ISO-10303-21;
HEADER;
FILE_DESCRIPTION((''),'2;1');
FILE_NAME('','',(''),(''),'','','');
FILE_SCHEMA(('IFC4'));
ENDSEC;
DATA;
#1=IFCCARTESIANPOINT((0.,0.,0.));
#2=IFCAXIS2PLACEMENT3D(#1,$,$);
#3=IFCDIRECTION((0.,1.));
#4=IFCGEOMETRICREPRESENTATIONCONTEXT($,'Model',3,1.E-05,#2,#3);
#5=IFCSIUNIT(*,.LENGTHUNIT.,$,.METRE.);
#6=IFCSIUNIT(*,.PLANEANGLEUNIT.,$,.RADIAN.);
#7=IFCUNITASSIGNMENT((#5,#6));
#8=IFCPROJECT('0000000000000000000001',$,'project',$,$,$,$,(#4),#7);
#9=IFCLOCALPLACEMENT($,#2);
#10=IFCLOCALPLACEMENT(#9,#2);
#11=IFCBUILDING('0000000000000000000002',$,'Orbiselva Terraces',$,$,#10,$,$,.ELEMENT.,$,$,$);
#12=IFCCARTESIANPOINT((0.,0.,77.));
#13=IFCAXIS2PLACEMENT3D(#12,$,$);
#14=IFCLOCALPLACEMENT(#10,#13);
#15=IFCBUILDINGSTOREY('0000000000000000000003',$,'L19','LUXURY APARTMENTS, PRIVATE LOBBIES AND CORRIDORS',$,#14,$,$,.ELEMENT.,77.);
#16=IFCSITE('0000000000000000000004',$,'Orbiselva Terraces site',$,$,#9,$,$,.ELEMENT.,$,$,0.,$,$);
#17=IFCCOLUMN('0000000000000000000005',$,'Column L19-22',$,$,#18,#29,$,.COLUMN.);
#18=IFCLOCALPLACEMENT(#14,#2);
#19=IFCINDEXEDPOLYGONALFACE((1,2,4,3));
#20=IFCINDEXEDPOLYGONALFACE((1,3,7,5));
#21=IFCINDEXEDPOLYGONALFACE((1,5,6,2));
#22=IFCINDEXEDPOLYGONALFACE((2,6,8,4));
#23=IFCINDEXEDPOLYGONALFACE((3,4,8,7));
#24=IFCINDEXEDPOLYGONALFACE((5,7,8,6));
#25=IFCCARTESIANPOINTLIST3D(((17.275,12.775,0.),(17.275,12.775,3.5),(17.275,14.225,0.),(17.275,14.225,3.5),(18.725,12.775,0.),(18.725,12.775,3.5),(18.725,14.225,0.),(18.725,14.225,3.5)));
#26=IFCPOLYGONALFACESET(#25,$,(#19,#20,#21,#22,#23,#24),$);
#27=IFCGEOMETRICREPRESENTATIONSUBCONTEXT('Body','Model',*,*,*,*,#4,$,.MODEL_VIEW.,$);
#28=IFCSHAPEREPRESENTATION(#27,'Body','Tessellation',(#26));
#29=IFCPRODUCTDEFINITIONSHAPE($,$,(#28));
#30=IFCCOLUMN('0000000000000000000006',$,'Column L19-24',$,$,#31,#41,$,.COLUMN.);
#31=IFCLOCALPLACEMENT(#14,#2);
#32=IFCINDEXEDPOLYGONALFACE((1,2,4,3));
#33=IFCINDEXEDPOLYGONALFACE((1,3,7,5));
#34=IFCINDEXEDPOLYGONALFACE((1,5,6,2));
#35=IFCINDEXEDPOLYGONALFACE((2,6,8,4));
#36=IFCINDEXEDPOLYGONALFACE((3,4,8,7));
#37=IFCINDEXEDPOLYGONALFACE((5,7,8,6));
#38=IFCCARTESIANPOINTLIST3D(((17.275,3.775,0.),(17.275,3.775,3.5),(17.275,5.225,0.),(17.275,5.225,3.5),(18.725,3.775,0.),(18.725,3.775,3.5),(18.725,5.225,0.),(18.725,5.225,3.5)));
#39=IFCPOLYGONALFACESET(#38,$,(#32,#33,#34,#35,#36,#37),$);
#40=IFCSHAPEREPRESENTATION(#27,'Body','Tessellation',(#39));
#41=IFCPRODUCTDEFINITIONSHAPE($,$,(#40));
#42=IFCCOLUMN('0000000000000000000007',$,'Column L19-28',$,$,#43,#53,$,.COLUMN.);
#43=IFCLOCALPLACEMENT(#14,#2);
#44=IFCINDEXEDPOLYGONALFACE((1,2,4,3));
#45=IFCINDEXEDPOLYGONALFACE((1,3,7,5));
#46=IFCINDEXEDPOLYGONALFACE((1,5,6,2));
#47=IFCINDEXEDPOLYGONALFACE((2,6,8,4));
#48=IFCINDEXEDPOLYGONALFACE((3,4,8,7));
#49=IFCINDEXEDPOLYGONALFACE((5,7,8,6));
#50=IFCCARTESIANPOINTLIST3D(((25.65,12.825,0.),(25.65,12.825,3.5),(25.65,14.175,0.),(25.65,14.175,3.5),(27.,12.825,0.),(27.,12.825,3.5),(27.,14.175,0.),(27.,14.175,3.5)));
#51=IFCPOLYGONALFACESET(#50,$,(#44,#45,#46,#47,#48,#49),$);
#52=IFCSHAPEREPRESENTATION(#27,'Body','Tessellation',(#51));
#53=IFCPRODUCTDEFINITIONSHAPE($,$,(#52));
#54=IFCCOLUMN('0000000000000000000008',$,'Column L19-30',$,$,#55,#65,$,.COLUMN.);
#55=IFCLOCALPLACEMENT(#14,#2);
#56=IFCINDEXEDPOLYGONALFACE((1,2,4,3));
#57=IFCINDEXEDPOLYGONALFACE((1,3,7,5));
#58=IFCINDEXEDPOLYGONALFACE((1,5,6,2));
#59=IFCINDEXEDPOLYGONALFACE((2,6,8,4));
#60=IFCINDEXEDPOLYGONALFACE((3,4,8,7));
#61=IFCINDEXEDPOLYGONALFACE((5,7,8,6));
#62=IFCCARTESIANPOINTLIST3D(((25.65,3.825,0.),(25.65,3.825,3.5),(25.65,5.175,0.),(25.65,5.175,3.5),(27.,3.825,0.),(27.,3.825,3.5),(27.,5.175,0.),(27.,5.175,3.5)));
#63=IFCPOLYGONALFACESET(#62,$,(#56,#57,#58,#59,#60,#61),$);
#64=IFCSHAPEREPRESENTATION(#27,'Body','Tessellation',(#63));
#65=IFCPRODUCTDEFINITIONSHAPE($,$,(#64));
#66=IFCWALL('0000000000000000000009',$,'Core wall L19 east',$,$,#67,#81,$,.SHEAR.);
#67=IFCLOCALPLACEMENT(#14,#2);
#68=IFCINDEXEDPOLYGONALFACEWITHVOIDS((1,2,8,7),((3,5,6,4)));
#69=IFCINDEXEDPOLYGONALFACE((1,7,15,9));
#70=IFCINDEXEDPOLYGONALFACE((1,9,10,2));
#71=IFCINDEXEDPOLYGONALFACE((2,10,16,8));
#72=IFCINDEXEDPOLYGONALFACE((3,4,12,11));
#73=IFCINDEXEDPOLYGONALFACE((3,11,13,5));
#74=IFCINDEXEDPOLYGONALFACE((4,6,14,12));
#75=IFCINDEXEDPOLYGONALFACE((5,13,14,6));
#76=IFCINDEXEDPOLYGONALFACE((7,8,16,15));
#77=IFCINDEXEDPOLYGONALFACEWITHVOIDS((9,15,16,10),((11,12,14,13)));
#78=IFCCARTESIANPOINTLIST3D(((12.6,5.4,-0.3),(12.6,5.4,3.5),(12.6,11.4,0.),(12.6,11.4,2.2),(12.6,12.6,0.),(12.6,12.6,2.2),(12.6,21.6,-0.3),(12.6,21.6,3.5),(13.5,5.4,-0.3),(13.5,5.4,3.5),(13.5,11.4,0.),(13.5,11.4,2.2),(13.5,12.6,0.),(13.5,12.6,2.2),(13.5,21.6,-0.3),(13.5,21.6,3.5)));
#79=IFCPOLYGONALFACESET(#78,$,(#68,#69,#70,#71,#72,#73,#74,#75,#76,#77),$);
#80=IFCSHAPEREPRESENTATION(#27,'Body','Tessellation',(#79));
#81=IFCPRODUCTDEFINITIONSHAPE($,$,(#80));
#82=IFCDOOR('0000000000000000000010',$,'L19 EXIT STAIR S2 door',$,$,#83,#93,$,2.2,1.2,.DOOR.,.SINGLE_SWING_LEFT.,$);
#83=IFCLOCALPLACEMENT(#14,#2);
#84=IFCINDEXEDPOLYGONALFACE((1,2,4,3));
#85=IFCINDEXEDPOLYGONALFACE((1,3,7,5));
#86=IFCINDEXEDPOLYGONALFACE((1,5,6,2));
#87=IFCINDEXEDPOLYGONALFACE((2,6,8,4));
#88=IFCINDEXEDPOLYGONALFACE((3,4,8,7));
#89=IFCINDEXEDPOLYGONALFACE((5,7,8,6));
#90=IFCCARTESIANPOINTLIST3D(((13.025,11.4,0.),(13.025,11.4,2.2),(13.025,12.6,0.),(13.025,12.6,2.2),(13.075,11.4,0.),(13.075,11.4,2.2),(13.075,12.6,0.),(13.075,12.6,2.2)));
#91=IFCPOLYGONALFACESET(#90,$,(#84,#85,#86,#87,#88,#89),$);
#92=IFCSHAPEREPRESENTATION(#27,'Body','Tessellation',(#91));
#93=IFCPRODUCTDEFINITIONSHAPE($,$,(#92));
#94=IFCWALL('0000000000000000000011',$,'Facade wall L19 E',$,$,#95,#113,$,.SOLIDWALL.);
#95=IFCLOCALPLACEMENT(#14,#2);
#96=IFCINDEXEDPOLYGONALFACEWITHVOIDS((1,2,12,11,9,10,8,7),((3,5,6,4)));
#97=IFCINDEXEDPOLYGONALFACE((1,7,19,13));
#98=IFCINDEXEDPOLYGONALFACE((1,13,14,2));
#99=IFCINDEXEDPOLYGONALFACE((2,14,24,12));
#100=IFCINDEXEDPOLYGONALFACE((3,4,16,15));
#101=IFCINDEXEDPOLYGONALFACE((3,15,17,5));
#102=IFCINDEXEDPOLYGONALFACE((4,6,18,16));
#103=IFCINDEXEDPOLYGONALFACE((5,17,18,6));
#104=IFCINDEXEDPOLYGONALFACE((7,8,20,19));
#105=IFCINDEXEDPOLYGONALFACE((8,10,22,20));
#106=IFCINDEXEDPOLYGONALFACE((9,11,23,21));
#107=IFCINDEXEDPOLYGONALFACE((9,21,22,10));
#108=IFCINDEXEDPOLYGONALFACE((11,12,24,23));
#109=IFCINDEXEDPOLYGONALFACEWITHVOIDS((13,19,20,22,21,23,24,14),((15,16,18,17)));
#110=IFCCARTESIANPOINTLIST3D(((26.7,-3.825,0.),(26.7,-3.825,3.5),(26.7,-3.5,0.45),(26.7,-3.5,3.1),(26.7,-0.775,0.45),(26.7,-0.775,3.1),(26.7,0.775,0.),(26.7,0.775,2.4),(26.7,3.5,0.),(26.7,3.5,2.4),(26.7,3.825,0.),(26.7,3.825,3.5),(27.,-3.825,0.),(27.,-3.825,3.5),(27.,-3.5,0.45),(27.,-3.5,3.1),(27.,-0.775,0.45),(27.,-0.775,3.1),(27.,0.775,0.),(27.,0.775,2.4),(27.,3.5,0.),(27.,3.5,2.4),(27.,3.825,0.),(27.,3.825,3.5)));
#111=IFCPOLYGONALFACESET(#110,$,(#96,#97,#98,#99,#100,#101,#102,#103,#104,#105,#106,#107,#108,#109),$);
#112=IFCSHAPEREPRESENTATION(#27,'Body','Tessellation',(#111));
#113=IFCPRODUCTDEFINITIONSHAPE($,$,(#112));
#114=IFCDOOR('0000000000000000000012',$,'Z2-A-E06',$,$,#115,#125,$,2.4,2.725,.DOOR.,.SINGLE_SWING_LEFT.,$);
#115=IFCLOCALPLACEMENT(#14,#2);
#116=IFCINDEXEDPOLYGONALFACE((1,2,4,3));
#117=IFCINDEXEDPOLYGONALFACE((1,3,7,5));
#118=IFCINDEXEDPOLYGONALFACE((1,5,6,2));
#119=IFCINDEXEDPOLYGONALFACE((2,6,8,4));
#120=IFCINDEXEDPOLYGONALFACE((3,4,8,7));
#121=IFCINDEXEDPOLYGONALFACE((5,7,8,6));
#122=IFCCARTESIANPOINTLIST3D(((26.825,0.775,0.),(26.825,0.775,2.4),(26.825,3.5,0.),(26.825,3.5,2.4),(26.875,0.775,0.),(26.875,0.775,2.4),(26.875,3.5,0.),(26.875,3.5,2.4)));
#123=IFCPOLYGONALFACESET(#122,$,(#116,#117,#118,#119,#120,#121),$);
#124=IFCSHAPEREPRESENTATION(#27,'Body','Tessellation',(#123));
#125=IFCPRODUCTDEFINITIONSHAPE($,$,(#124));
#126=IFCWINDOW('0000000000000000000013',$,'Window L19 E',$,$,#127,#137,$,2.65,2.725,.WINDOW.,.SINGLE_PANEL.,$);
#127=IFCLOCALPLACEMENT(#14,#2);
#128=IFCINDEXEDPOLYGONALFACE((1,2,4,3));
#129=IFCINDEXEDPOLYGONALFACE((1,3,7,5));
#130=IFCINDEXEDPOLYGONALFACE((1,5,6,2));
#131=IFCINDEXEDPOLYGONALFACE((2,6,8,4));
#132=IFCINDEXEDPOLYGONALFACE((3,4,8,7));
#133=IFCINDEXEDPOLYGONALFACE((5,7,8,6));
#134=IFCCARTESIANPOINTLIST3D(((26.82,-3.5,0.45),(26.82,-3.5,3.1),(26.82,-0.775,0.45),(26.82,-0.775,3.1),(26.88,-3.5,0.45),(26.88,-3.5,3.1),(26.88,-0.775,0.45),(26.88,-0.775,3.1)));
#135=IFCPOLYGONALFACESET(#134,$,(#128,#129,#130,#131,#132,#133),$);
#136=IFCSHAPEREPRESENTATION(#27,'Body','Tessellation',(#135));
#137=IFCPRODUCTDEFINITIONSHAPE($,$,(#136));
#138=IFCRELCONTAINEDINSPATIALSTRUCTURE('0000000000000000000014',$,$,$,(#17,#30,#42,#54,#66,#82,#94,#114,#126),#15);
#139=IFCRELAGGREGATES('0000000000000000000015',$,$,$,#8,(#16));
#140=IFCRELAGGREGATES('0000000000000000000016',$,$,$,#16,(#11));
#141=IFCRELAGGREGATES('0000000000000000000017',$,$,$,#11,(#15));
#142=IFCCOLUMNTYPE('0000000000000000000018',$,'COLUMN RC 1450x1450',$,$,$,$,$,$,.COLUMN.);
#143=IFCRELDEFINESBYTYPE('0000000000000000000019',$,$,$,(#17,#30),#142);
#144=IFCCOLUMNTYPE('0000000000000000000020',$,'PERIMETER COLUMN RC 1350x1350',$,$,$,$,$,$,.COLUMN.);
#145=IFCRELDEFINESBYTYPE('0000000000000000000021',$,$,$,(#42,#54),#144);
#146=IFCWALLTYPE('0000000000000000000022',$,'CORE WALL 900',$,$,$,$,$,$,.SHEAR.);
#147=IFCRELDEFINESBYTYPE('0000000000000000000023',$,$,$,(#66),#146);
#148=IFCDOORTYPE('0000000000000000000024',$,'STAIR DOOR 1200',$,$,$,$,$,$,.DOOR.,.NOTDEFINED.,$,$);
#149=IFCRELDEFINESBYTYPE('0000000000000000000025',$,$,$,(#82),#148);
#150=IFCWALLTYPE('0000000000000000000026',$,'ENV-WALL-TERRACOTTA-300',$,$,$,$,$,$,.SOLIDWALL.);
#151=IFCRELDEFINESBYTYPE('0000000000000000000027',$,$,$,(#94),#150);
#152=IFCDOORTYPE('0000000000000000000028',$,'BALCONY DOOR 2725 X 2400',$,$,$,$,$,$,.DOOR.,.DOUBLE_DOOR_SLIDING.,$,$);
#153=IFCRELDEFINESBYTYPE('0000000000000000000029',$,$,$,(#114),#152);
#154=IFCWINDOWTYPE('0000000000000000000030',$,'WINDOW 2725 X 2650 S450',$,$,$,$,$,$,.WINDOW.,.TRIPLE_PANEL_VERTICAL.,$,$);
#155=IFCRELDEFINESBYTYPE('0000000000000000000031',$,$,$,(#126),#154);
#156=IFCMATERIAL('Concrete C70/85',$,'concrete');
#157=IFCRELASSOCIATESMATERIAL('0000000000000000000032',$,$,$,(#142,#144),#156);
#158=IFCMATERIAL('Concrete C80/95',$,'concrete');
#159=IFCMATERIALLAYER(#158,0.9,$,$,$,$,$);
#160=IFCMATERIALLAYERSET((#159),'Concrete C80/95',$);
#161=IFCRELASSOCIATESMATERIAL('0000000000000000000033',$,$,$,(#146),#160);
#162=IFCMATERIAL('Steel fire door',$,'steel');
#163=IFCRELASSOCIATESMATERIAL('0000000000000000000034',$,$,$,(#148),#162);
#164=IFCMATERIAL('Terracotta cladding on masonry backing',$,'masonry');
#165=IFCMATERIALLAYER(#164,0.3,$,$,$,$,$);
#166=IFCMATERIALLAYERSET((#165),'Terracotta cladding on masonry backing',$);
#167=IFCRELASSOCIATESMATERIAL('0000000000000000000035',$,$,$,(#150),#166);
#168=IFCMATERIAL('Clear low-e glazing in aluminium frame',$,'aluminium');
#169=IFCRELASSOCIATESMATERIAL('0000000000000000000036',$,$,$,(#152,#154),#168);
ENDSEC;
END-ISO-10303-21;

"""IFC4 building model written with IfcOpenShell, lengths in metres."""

from ifc_helpers import new_model, si_unit, direction, frame, frame_2d, origin, origin_2d, place, context, subcontext, project, spatial, rectangle, extrude, material, layer, layer_set, material_profile, profile_set, type_object, element, fill, save


model = new_model("IFC4")

# Units and contexts
model_context = context("Model", 3, precision=1e-05, world=origin(), true_north=direction((0.0, 1.0)))
body_context = subcontext(model_context, "Body", "Model", "MODEL_VIEW")
ifc_project = project(units=[si_unit("LENGTHUNIT", "METRE"), si_unit("PLANEANGLEUNIT", "RADIAN")], contexts=[model_context])

# Site, building, storey
site_placement = place(None, origin())
site = spatial("IfcSite", under=ifc_project, at=site_placement, Name="Orbiselva Terraces site", CompositionType="ELEMENT", RefElevation=0.0)
building_placement = place(site_placement, origin())
building = spatial("IfcBuilding", under=site, at=building_placement, Name="Orbiselva Terraces", CompositionType="ELEMENT")
storey_placement = place(building_placement, frame((0.0, 0.0, 77.0)))
storey = spatial("IfcBuildingStorey", under=building, at=storey_placement, Name="L19", Description="LUXURY APARTMENTS, PRIVATE LOBBIES AND CORRIDORS", CompositionType="ELEMENT", Elevation=77.0)

# Columns
ifc_material_1 = material(Name="Concrete C70/85", Category="concrete")
ifc_material_profile_1 = material_profile(ifc_material_1, rectangle(XDim=1.45, YDim=1.45, at=origin_2d()), Name="RC 1450x1450")
ifc_profile_set_1 = profile_set([ifc_material_profile_1], Name="Concrete C70/85")
column_type_1 = type_object("IfcColumnType", Name="COLUMN RC 1450x1450", PredefinedType="COLUMN", material=ifc_profile_set_1)
for number, where, z_axis, x_axis, name in (
    (1, (18.0, 13.5, 0.0), (0.0, 0.0, 1.0), (1.0, 0.0, 0.0), "Column L19-22"),
    (2, (18.0, 4.5, 0.0), (0.0, 0.0, 1.0), (1.0, 0.0, 0.0), "Column L19-24"),
):
    element("IfcColumn", number, at=place(storey_placement, frame(where, z_axis=z_axis, x_axis=x_axis)), inside=storey, type_object=column_type_1, Name=name, PredefinedType="COLUMN", context=body_context, shape_type="SweptSolid", body=[
        extrude(rectangle(XDim=1.45, YDim=1.45, at=origin_2d()), origin(), (0.0, 0.0, 1.0), 3.5),
    ])
ifc_material_profile_2 = material_profile(ifc_material_1, rectangle(XDim=1.35, YDim=1.35, at=origin_2d()), Name="RC 1350x1350")
ifc_profile_set_2 = profile_set([ifc_material_profile_2], Name="Concrete C70/85")
column_type_2 = type_object("IfcColumnType", Name="PERIMETER COLUMN RC 1350x1350", PredefinedType="COLUMN", material=ifc_profile_set_2)
for number, where, z_axis, x_axis, name in (
    (3, (26.325, 13.5, 0.0), (0.0, 0.0, 1.0), (1.0, 0.0, 0.0), "Column L19-28"),
    (4, (26.325, 4.5, 0.0), (0.0, 0.0, 1.0), (1.0, 0.0, 0.0), "Column L19-30"),
):
    element("IfcColumn", number, at=place(storey_placement, frame(where, z_axis=z_axis, x_axis=x_axis)), inside=storey, type_object=column_type_2, Name=name, PredefinedType="COLUMN", context=body_context, shape_type="SweptSolid", body=[
        extrude(rectangle(XDim=1.35, YDim=1.35, at=origin_2d()), origin(), (0.0, 0.0, 1.0), 3.5),
    ])

# Wall, opening, door
ifc_material_2 = material(Name="Concrete C80/95", Category="concrete")
ifc_layer_1 = layer(ifc_material_2, 0.9)
ifc_layer_set_1 = layer_set([ifc_layer_1], Name="Concrete C80/95")
wall_type_1 = type_object("IfcWallType", Name="CORE WALL 900", PredefinedType="SHEAR", material=ifc_layer_set_1)
wall_1_placement = place(storey_placement, frame((13.05, 5.4, -0.3), z_axis=(0.0, 0.0, 1.0), x_axis=(0.0, 1.0, 0.0)))
wall_1 = element("IfcWall", 5, at=wall_1_placement, inside=storey, type_object=wall_type_1, Name="Core wall L19 east", PredefinedType="SHEAR", context=body_context, shape_type="SweptSolid", body=[
    extrude(rectangle(XDim=16.2, YDim=0.9, at=frame_2d((8.1, 0.0))), origin(), (0.0, 0.0, 1.0), 3.8),
])
opening_1_placement = place(wall_1_placement, frame((6.0, 0.0, 0.3)))
opening_1 = element("IfcOpeningElement", 6, at=opening_1_placement, cuts=wall_1, PredefinedType="OPENING", context=body_context, shape_type="SweptSolid", body=[
    extrude(rectangle(XDim=1.2, YDim=2.2, at=frame_2d((0.6, 1.1))), frame((0.0, 0.46, 0.0), z_axis=(0.0, -1.0, 0.0), x_axis=(1.0, 0.0, 0.0)), (0.0, 0.0, 1.0), 0.92),
])
ifc_material_3 = material(Name="Steel fire door", Category="steel")
door_type_1 = type_object("IfcDoorType", Name="STAIR DOOR 1200", OperationType="NOTDEFINED", PredefinedType="DOOR", material=ifc_material_3)
door_1_placement = place(opening_1_placement, frame((1.2, 0.0, 0.0), z_axis=(0.0, 0.0, 1.0), x_axis=(-1.0, 0.0, 0.0)))
door_1 = element("IfcDoor", 7, at=door_1_placement, inside=storey, type_object=door_type_1, Name="L19 EXIT STAIR S2 door", OperationType="SINGLE_SWING_LEFT", OverallHeight=2.2, OverallWidth=1.2, PredefinedType="DOOR", context=body_context, shape_type="SweptSolid", body=[
    extrude(rectangle(XDim=1.2, YDim=2.2, at=frame_2d((0.6, 1.1))), frame((0.0, 0.025, 0.0), z_axis=(0.0, -1.0, 0.0), x_axis=(1.0, 0.0, 0.0)), (0.0, 0.0, 1.0), 0.05),
])
fill(opening_1, door_1)

# Wall, openings, door, window
ifc_material_4 = material(Name="Terracotta cladding on masonry backing", Category="masonry")
ifc_layer_2 = layer(ifc_material_4, 0.3)
ifc_layer_set_2 = layer_set([ifc_layer_2], Name="Terracotta cladding on masonry backing")
wall_type_2 = type_object("IfcWallType", Name="ENV-WALL-TERRACOTTA-300", PredefinedType="SOLIDWALL", material=ifc_layer_set_2)
wall_2_placement = place(storey_placement, frame((26.85, 3.825, 0.0), z_axis=(0.0, 0.0, 1.0), x_axis=(0.0, -1.0, 0.0)))
wall_2 = element("IfcWall", 8, at=wall_2_placement, inside=storey, type_object=wall_type_2, Name="Facade wall L19 E", PredefinedType="SOLIDWALL", context=body_context, shape_type="SweptSolid", body=[
    extrude(rectangle(XDim=7.65, YDim=0.3, at=frame_2d((3.825, 0.0))), origin(), (0.0, 0.0, 1.0), 3.5),
])
opening_2_placement = place(wall_2_placement, frame((4.6, 0.0, 0.45)))
opening_2 = element("IfcOpeningElement", 9, at=opening_2_placement, cuts=wall_2, PredefinedType="OPENING", context=body_context, shape_type="SweptSolid", body=[
    extrude(rectangle(XDim=2.725, YDim=2.65, at=frame_2d((1.3625, 1.325))), frame((0.0, 0.16, 0.0), z_axis=(0.0, -1.0, 0.0), x_axis=(1.0, 0.0, 0.0)), (0.0, 0.0, 1.0), 0.32),
])
opening_3_placement = place(wall_2_placement, frame((0.325, 0.0, 0.0)))
opening_3 = element("IfcOpeningElement", 10, at=opening_3_placement, cuts=wall_2, PredefinedType="OPENING", context=body_context, shape_type="SweptSolid", body=[
    extrude(rectangle(XDim=2.725, YDim=2.4, at=frame_2d((1.3625, 1.2))), frame((0.0, 0.16, 0.0), z_axis=(0.0, -1.0, 0.0), x_axis=(1.0, 0.0, 0.0)), (0.0, 0.0, 1.0), 0.32),
])
ifc_material_5 = material(Name="Clear low-e glazing in aluminium frame", Category="aluminium")
door_type_2 = type_object("IfcDoorType", Name="BALCONY DOOR 2725 X 2400", OperationType="DOUBLE_DOOR_SLIDING", PredefinedType="DOOR", material=ifc_material_5)
door_2_placement = place(opening_3_placement, origin())
door_2 = element("IfcDoor", 11, at=door_2_placement, inside=storey, type_object=door_type_2, Name="Z2-A-E06", OperationType="SINGLE_SWING_LEFT", OverallHeight=2.4, OverallWidth=2.725, PredefinedType="DOOR", context=body_context, shape_type="SweptSolid", body=[
    extrude(rectangle(XDim=2.725, YDim=2.4, at=frame_2d((1.3625, 1.2))), frame((0.0, 0.025, 0.0), z_axis=(0.0, -1.0, 0.0), x_axis=(1.0, 0.0, 0.0)), (0.0, 0.0, 1.0), 0.05),
])
fill(opening_3, door_2)
window_type = type_object("IfcWindowType", Name="WINDOW 2725 X 2650 S450", PartitioningType="TRIPLE_PANEL_VERTICAL", PredefinedType="WINDOW", material=ifc_material_5)
window_1_placement = place(opening_2_placement, origin())
window_1 = element("IfcWindow", 12, at=window_1_placement, inside=storey, type_object=window_type, Name="Window L19 E", OverallHeight=2.65, OverallWidth=2.725, PartitioningType="SINGLE_PANEL", PredefinedType="WINDOW", context=body_context, shape_type="SweptSolid", body=[
    extrude(rectangle(XDim=2.725, YDim=2.65, at=frame_2d((1.3625, 1.325))), frame((0.0, 0.03, 0.0), z_axis=(0.0, -1.0, 0.0), x_axis=(1.0, 0.0, 0.0)), (0.0, 0.0, 1.0), 0.06),
])
fill(opening_2, window_1)

save(model, "model.ifc")
